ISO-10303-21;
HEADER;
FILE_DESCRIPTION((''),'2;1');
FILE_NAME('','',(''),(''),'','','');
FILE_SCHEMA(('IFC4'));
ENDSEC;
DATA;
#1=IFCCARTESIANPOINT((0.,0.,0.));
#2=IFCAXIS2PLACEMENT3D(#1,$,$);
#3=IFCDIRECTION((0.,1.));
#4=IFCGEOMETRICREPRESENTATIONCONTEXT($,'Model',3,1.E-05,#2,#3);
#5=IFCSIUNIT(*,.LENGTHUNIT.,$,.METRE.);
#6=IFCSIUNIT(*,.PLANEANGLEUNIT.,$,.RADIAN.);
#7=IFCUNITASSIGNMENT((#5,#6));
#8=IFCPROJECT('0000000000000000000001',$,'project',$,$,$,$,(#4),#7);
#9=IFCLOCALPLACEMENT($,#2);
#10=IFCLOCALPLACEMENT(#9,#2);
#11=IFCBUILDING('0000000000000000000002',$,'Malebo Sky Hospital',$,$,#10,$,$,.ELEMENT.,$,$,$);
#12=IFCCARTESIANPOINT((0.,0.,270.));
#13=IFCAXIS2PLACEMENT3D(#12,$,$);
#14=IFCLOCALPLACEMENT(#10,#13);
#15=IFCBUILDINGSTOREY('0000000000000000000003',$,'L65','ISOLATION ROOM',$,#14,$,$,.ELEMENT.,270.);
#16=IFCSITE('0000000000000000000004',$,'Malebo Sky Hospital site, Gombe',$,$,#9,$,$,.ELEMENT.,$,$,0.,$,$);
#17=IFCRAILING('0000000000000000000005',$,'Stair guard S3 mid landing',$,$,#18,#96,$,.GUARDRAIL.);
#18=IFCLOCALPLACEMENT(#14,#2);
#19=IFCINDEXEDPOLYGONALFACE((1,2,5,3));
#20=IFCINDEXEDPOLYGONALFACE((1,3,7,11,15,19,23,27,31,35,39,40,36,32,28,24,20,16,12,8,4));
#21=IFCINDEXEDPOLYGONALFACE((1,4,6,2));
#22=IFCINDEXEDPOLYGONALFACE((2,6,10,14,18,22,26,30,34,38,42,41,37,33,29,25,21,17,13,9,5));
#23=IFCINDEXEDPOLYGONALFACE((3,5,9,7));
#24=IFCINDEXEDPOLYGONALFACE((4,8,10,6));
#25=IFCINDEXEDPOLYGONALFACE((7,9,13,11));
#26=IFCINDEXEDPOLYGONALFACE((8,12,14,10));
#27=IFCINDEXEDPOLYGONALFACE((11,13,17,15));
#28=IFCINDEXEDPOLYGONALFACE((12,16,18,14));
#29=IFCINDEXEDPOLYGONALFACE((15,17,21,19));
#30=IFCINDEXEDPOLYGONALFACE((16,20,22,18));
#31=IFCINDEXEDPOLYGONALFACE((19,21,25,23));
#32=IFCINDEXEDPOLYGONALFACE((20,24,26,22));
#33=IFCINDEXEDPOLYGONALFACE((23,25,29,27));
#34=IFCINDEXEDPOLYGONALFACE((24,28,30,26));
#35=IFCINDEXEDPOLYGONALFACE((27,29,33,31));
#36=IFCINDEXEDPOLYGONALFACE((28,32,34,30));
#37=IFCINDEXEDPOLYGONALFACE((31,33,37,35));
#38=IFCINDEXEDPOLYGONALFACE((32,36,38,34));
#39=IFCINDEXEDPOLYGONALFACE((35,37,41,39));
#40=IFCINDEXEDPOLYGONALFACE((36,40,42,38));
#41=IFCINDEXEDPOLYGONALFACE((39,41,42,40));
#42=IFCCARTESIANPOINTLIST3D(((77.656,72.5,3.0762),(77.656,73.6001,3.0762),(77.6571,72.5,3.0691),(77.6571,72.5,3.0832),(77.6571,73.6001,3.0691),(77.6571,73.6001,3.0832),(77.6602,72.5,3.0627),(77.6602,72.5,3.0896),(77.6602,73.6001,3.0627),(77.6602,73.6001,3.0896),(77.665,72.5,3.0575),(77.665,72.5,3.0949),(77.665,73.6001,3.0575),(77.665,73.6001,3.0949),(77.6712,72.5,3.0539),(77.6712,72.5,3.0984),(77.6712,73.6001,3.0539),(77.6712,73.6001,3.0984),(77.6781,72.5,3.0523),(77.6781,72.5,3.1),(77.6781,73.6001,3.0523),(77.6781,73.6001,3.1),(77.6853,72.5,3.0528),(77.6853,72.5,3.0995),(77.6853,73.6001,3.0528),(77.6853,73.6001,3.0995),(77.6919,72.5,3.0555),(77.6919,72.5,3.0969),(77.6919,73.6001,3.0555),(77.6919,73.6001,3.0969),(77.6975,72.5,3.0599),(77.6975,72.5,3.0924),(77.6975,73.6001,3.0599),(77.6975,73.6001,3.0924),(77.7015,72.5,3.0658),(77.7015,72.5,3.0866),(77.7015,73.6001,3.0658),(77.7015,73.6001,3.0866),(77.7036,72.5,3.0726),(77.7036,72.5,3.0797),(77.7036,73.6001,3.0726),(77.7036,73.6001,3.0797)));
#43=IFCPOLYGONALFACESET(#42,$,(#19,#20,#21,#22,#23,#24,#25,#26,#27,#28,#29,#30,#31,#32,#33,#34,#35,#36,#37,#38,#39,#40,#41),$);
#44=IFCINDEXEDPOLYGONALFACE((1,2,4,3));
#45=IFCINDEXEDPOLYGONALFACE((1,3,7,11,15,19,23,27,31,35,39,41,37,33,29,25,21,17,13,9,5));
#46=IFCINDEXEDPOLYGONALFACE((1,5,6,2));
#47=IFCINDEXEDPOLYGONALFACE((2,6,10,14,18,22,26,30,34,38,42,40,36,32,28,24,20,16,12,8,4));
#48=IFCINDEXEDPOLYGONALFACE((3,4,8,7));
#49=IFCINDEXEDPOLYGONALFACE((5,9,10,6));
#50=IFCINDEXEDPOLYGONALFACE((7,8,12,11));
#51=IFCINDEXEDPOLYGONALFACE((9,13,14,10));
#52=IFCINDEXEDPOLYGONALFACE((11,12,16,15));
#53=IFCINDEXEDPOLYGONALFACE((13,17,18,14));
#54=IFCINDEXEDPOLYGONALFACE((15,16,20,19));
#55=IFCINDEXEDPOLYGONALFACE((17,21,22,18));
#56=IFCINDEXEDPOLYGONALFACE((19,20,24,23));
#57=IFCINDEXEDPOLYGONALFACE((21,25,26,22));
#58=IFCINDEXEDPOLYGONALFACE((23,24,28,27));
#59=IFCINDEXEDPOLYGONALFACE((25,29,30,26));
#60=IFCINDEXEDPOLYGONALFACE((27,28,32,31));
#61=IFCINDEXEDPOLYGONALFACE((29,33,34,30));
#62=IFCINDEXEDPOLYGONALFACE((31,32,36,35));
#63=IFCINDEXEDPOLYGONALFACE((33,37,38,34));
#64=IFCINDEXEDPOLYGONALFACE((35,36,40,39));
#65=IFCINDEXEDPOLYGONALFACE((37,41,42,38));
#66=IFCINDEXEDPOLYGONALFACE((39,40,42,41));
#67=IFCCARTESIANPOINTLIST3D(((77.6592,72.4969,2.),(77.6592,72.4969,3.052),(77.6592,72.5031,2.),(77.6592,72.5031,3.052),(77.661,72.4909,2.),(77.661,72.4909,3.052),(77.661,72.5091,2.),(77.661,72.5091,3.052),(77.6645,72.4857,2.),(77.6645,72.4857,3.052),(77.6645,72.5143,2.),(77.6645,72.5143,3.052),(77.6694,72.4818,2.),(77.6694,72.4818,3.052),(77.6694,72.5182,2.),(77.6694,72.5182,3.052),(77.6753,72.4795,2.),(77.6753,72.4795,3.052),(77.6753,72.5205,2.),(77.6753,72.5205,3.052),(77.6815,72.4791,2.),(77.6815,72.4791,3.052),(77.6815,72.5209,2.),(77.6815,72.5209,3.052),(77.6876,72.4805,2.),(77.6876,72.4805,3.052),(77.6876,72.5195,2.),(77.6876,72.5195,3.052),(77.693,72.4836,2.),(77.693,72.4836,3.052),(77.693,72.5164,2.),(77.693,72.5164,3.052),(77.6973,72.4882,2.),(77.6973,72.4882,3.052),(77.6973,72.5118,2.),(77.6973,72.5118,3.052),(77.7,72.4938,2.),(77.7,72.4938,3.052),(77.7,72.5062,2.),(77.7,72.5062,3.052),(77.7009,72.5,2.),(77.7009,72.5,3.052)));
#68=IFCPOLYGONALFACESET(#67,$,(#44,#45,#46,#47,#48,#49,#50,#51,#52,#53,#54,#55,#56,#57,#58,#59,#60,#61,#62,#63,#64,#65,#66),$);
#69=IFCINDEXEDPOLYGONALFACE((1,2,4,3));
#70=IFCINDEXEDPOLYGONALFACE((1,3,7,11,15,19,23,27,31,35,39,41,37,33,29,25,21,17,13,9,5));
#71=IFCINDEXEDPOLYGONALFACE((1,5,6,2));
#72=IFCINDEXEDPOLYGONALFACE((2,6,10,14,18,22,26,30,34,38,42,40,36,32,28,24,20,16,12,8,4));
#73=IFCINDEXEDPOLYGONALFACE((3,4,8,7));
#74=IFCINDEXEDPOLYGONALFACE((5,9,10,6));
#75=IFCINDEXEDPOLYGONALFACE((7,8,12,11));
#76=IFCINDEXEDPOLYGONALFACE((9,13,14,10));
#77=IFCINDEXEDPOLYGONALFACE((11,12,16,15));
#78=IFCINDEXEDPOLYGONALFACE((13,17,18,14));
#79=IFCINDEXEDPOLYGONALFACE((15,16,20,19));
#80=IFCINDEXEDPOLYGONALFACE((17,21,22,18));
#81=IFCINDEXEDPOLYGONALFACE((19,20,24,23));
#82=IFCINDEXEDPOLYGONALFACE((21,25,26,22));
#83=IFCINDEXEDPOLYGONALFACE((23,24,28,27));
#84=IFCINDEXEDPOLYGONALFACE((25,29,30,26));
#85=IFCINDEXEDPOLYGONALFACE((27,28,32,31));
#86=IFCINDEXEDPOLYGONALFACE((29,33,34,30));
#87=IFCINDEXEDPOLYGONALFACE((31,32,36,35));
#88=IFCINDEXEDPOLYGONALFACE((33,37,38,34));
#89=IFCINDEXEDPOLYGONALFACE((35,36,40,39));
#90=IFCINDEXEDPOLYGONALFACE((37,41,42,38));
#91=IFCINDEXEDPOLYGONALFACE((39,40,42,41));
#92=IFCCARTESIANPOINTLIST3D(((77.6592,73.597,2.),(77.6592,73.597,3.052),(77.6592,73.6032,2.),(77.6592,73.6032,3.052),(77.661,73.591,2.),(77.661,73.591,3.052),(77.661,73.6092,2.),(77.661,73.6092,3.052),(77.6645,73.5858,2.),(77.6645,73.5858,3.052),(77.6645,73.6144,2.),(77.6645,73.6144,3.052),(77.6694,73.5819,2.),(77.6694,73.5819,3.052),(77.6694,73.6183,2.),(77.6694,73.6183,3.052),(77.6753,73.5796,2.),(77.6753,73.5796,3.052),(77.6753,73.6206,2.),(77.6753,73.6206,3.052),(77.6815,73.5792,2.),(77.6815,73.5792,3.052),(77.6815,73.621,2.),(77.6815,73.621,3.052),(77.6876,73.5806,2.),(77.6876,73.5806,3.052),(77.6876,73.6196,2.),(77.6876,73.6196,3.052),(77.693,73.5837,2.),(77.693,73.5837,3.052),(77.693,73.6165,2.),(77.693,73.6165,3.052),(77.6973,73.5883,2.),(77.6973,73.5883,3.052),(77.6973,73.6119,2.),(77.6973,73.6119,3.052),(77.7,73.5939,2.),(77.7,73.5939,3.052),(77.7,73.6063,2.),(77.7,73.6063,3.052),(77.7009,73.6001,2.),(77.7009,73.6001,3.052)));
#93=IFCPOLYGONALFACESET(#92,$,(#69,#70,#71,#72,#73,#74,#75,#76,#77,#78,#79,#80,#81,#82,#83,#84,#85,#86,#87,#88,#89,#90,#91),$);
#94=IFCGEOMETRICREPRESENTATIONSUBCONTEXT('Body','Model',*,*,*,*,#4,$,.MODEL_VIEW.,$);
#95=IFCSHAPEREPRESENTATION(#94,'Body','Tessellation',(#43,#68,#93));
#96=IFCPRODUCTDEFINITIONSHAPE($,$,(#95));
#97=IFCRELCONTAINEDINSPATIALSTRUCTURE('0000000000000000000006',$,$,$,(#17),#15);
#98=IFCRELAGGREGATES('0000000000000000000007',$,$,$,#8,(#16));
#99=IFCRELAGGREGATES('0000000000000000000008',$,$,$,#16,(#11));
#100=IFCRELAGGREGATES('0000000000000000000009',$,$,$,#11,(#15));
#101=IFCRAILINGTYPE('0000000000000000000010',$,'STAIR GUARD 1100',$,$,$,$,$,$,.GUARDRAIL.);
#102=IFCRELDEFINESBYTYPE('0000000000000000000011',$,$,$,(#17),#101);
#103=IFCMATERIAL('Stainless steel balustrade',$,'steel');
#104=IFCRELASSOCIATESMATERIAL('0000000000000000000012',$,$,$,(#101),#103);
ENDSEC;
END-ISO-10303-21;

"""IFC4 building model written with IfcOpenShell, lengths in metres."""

from ifc_helpers import new_model, si_unit, direction, frame, origin, origin_2d, place, context, subcontext, project, spatial, circle, extrude, material, type_object, element, save


model = new_model("IFC4")

# Units and contexts
model_context = context("Model", 3, precision=1e-05, world=origin(), true_north=direction((0.0, 1.0)))
body_context = subcontext(model_context, "Body", "Model", "MODEL_VIEW")
ifc_project = project(units=[si_unit("LENGTHUNIT", "METRE"), si_unit("PLANEANGLEUNIT", "RADIAN")], contexts=[model_context])

# Site, building, storey
site_placement = place(None, origin())
site = spatial("IfcSite", under=ifc_project, at=site_placement, Name="Malebo Sky Hospital site, Gombe", CompositionType="ELEMENT", RefElevation=0.0)
building_placement = place(site_placement, origin())
building = spatial("IfcBuilding", under=site, at=building_placement, Name="Malebo Sky Hospital", CompositionType="ELEMENT")
storey_placement = place(building_placement, frame((0.0, 0.0, 270.0)))
storey = spatial("IfcBuildingStorey", under=building, at=storey_placement, Name="L65", Description="ISOLATION ROOM", CompositionType="ELEMENT", Elevation=270.0)

# Railing
ifc_material_1 = material(Name="Stainless steel balustrade", Category="steel")
railing_type_1 = type_object("IfcRailingType", Name="STAIR GUARD 1100", PredefinedType="GUARDRAIL", material=ifc_material_1)
for number, where, name in (
    (1, (77.6799, 72.5, 2.0), "Stair guard S3 mid landing"),
):
    element("IfcRailing", number, at=place(storey_placement, frame(where)), inside=storey, type_object=railing_type_1, Name=name, PredefinedType="GUARDRAIL", context=body_context, shape_type="SweptSolid", body=[
        extrude(circle(Radius=0.0239, at=origin_2d()), frame((0.0, 0.0, 1.0762), z_axis=(0.0, 1.0, 0.0), x_axis=(-1.0, 0.0, 0.0)), (0.0, 0.0, 1.0), 1.1001),
        extrude(circle(Radius=0.021, at=origin_2d()), origin(), (0.0, 0.0, 1.0), 1.052),
        extrude(circle(Radius=0.021, at=origin_2d()), frame((0.0, 1.1001, 0.0)), (0.0, 0.0, 1.0), 1.052),
    ])

save(model, "model.ifc")
